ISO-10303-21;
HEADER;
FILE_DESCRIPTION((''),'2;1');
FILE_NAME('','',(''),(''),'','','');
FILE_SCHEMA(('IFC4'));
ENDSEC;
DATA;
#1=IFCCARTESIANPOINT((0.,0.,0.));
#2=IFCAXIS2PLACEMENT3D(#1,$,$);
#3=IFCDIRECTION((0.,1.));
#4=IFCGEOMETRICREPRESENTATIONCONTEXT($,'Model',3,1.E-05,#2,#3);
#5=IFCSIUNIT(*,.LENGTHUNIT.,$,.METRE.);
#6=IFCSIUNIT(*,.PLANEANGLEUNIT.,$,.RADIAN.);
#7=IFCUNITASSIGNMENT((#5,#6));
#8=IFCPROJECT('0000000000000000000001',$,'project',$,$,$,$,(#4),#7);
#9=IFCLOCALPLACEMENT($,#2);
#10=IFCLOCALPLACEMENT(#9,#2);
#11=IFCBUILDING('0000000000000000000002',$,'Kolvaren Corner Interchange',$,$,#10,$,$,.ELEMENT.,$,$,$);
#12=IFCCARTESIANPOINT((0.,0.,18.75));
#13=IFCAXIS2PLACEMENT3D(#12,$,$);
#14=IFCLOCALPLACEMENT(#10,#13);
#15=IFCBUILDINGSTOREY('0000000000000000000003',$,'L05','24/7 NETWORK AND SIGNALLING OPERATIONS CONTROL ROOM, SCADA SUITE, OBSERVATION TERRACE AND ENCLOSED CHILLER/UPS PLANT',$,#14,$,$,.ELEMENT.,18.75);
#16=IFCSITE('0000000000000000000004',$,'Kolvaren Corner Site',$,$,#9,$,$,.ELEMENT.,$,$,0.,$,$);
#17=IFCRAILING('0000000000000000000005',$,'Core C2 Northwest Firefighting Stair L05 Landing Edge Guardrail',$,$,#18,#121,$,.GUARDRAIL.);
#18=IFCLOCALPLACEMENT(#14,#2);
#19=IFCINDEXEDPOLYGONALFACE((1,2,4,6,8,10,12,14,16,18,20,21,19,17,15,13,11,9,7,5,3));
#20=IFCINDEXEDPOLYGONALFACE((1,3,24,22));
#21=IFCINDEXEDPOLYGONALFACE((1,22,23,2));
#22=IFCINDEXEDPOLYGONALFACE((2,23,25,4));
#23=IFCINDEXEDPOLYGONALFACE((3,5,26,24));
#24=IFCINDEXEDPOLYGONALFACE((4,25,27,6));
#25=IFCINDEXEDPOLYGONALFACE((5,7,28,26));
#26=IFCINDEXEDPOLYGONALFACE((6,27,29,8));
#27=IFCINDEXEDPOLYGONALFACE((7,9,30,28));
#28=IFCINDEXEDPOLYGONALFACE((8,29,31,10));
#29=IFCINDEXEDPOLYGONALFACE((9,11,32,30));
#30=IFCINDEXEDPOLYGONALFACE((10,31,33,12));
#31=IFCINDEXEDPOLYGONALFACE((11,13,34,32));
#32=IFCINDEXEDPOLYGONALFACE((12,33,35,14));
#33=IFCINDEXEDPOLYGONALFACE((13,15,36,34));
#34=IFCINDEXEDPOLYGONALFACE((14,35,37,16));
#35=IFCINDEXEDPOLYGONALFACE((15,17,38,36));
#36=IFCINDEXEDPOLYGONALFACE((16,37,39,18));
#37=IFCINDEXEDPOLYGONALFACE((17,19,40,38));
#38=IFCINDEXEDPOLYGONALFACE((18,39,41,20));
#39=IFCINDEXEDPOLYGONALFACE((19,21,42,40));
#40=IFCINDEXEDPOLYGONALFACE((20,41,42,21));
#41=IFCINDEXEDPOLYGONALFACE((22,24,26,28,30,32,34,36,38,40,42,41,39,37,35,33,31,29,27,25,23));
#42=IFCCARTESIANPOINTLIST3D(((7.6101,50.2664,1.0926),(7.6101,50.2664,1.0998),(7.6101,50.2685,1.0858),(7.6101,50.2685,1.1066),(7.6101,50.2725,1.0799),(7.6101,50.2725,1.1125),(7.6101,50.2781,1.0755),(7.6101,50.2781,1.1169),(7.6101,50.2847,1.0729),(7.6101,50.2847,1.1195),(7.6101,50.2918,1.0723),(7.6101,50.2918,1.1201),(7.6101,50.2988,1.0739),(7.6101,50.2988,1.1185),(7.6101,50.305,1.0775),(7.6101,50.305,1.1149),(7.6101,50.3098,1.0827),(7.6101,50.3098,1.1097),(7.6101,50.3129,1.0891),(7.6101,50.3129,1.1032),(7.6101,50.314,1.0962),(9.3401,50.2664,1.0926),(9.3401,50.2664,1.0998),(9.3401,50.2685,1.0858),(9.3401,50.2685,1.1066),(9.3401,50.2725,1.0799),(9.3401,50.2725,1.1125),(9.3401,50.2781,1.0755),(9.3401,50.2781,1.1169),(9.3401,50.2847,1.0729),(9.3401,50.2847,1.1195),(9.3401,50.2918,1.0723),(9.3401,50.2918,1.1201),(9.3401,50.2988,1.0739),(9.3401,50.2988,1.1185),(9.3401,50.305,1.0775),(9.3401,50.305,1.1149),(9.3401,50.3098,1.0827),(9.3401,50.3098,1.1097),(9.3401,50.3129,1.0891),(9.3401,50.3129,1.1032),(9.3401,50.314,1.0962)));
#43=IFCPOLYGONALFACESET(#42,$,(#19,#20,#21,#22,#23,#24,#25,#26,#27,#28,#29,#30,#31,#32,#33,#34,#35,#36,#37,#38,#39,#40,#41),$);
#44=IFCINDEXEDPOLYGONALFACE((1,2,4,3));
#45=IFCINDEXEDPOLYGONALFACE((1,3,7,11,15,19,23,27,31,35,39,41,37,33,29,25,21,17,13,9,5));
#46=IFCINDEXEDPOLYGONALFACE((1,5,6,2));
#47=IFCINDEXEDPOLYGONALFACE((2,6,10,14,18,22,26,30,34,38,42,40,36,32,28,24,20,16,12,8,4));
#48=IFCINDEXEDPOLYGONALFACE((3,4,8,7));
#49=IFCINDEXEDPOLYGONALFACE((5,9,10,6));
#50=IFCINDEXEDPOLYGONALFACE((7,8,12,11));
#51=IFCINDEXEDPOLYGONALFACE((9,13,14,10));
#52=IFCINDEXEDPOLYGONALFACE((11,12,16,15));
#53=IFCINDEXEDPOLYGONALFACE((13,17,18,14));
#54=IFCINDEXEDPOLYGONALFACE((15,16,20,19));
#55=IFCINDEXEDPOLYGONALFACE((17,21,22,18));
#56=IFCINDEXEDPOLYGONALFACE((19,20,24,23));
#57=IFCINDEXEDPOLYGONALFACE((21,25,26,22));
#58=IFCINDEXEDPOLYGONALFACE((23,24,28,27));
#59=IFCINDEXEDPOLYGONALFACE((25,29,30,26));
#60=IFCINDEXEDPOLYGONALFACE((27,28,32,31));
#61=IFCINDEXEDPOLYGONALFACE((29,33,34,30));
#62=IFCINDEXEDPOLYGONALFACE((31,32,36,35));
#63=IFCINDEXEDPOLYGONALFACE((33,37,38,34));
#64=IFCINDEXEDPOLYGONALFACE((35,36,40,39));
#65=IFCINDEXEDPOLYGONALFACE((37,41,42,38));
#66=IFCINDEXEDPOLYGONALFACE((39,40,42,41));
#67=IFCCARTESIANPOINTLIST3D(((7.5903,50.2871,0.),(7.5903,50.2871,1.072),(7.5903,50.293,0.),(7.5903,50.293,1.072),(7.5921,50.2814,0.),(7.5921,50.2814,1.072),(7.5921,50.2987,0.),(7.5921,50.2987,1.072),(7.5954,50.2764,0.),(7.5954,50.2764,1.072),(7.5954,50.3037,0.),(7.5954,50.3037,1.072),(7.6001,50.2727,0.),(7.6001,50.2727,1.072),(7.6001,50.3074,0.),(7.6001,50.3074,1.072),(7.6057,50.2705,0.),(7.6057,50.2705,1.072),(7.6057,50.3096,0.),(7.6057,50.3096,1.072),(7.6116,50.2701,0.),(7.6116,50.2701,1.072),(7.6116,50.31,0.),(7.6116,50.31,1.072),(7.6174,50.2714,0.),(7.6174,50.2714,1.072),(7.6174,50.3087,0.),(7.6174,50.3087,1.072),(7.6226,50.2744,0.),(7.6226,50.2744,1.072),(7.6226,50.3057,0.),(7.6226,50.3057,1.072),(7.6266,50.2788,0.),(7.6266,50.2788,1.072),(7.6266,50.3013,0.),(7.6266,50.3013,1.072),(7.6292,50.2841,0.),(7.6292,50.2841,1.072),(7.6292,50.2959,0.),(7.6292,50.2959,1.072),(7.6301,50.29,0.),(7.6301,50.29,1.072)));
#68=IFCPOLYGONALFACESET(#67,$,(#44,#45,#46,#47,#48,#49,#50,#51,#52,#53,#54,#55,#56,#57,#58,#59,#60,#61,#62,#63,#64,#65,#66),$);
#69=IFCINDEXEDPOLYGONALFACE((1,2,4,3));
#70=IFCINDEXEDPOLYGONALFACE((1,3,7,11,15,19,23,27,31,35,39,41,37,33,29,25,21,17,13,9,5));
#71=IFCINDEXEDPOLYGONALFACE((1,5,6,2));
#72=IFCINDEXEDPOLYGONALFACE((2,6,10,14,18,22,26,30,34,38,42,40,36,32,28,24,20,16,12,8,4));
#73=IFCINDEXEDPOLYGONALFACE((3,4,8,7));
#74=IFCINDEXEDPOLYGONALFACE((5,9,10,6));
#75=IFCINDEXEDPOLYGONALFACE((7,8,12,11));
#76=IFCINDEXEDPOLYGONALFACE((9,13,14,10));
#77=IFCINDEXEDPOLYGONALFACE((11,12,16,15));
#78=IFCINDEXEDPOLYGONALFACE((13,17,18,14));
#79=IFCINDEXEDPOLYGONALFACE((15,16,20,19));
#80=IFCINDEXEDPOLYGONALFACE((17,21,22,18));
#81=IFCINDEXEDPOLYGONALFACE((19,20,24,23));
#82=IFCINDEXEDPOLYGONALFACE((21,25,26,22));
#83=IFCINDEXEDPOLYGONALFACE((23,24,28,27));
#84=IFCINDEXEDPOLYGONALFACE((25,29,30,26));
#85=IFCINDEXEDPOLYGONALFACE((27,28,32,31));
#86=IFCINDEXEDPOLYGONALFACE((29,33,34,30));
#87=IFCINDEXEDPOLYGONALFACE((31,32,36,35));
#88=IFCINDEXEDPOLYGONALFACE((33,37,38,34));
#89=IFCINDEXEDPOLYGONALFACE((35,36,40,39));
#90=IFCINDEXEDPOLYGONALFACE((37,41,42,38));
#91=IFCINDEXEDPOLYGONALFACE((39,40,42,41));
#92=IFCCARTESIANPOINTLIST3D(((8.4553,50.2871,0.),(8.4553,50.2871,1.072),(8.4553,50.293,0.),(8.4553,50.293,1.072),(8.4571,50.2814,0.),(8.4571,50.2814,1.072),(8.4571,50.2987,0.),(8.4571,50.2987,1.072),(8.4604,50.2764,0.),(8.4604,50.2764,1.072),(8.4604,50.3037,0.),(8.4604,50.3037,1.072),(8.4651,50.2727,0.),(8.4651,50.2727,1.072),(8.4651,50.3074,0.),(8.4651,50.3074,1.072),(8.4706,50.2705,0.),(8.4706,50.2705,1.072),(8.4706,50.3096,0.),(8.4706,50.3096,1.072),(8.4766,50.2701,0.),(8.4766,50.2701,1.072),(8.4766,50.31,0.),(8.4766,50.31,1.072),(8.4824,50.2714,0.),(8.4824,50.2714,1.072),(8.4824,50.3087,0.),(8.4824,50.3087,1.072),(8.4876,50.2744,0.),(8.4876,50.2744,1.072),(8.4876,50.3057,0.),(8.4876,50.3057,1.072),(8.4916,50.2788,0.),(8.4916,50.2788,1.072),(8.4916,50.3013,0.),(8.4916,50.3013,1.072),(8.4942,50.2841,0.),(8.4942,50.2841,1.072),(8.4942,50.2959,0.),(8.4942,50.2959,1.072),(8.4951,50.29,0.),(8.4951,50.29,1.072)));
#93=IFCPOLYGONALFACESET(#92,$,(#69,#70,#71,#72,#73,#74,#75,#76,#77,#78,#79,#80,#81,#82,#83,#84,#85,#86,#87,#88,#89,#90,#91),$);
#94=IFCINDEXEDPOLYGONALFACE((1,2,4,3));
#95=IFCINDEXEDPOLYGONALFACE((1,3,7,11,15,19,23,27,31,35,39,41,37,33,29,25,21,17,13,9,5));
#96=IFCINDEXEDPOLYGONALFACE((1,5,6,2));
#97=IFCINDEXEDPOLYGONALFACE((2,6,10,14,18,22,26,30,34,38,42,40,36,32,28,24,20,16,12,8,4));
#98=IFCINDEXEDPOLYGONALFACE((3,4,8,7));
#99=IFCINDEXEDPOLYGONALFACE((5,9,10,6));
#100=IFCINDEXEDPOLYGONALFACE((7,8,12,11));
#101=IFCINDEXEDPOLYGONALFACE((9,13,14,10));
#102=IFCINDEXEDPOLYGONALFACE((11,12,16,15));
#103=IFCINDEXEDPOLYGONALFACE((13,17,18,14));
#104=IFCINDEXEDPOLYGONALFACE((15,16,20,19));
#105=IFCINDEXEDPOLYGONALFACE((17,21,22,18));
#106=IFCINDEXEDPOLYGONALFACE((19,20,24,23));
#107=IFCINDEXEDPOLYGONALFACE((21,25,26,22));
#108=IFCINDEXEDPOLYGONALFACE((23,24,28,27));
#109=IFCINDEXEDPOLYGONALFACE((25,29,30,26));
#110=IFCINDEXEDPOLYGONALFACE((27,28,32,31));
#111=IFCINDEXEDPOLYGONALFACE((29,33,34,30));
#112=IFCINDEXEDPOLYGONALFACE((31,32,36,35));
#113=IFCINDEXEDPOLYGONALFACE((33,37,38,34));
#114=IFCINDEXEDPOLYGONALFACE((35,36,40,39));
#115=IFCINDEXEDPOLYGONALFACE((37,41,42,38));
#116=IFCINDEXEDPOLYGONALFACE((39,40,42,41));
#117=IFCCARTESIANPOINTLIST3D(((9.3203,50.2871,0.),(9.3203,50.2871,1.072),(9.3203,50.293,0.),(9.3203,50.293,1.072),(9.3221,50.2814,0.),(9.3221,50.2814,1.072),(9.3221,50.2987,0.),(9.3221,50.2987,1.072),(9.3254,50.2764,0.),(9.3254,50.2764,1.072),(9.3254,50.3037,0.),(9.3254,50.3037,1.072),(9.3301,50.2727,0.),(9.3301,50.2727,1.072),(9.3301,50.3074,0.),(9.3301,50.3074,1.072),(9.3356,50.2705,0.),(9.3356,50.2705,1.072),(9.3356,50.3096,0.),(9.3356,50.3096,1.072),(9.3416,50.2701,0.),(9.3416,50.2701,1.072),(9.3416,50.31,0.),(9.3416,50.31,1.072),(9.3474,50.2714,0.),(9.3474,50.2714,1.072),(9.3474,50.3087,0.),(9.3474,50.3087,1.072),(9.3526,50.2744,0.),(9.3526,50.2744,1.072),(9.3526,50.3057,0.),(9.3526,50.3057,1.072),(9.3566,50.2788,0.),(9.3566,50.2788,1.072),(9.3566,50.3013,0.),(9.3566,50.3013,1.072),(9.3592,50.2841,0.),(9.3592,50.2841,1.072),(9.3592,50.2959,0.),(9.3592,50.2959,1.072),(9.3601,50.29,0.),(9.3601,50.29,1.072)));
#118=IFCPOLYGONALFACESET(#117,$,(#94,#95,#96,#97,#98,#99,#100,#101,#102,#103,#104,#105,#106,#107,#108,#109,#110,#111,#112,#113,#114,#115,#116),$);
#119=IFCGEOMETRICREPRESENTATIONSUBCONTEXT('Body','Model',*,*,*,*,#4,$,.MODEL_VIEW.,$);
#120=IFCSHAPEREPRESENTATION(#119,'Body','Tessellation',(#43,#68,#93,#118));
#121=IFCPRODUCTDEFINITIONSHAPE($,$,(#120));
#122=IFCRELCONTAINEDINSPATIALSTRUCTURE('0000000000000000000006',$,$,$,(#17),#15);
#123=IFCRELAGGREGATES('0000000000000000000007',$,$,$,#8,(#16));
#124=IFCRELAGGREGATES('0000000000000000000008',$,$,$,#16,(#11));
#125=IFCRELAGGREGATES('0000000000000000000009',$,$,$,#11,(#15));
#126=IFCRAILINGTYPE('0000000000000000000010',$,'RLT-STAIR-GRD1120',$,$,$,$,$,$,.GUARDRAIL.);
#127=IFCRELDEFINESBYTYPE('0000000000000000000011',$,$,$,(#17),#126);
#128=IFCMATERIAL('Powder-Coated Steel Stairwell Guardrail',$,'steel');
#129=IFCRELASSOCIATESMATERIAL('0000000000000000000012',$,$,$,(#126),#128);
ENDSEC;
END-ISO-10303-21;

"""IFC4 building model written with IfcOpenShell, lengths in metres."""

from ifc_helpers import new_model, si_unit, direction, frame, origin, origin_2d, place, context, subcontext, project, spatial, circle, extrude, material, type_object, element, save


model = new_model("IFC4")

# Units and contexts
model_context = context("Model", 3, precision=1e-05, world=origin(), true_north=direction((0.0, 1.0)))
body_context = subcontext(model_context, "Body", "Model", "MODEL_VIEW")
ifc_project = project(units=[si_unit("LENGTHUNIT", "METRE"), si_unit("PLANEANGLEUNIT", "RADIAN")], contexts=[model_context])

# Site, building, storey
site_placement = place(None, origin())
site = spatial("IfcSite", under=ifc_project, at=site_placement, Name="Kolvaren Corner Site", CompositionType="ELEMENT", RefElevation=0.0)
building_placement = place(site_placement, origin())
building = spatial("IfcBuilding", under=site, at=building_placement, Name="Kolvaren Corner Interchange", CompositionType="ELEMENT")
storey_placement = place(building_placement, frame((0.0, 0.0, 18.75)))
storey = spatial("IfcBuildingStorey", under=building, at=storey_placement, Name="L05", Description="24/7 NETWORK AND SIGNALLING OPERATIONS CONTROL ROOM, SCADA SUITE, OBSERVATION TERRACE AND ENCLOSED CHILLER/UPS PLANT", CompositionType="ELEMENT", Elevation=18.75)

# Railing
ifc_material_1 = material(Name="Powder-Coated Steel Stairwell Guardrail", Category="steel")
railing_type = type_object("IfcRailingType", Name="RLT-STAIR-GRD1120", PredefinedType="GUARDRAIL", material=ifc_material_1)
railing_placement = place(storey_placement, frame((7.6101, 50.29, 0.0)))
element("IfcRailing", 1, at=railing_placement, inside=storey, type_object=railing_type, Name="Core C2 Northwest Firefighting Stair L05 Landing Edge Guardrail", PredefinedType="GUARDRAIL", context=body_context, shape_type="SweptSolid", body=[
    extrude(circle(Radius=0.0239, at=origin_2d()), frame((0.0, 0.0, 1.0962), z_axis=(1.0, 0.0, 0.0), x_axis=(0.0, 1.0, 0.0)), (0.0, 0.0, 1.0), 1.73),
    extrude(circle(Radius=0.02, at=origin_2d()), origin(), (0.0, 0.0, 1.0), 1.072),
    extrude(circle(Radius=0.02, at=origin_2d()), frame((0.865, 0.0, 0.0)), (0.0, 0.0, 1.0), 1.072),
    extrude(circle(Radius=0.02, at=origin_2d()), frame((1.73, 0.0, 0.0)), (0.0, 0.0, 1.0), 1.072),
])

save(model, "model.ifc")
